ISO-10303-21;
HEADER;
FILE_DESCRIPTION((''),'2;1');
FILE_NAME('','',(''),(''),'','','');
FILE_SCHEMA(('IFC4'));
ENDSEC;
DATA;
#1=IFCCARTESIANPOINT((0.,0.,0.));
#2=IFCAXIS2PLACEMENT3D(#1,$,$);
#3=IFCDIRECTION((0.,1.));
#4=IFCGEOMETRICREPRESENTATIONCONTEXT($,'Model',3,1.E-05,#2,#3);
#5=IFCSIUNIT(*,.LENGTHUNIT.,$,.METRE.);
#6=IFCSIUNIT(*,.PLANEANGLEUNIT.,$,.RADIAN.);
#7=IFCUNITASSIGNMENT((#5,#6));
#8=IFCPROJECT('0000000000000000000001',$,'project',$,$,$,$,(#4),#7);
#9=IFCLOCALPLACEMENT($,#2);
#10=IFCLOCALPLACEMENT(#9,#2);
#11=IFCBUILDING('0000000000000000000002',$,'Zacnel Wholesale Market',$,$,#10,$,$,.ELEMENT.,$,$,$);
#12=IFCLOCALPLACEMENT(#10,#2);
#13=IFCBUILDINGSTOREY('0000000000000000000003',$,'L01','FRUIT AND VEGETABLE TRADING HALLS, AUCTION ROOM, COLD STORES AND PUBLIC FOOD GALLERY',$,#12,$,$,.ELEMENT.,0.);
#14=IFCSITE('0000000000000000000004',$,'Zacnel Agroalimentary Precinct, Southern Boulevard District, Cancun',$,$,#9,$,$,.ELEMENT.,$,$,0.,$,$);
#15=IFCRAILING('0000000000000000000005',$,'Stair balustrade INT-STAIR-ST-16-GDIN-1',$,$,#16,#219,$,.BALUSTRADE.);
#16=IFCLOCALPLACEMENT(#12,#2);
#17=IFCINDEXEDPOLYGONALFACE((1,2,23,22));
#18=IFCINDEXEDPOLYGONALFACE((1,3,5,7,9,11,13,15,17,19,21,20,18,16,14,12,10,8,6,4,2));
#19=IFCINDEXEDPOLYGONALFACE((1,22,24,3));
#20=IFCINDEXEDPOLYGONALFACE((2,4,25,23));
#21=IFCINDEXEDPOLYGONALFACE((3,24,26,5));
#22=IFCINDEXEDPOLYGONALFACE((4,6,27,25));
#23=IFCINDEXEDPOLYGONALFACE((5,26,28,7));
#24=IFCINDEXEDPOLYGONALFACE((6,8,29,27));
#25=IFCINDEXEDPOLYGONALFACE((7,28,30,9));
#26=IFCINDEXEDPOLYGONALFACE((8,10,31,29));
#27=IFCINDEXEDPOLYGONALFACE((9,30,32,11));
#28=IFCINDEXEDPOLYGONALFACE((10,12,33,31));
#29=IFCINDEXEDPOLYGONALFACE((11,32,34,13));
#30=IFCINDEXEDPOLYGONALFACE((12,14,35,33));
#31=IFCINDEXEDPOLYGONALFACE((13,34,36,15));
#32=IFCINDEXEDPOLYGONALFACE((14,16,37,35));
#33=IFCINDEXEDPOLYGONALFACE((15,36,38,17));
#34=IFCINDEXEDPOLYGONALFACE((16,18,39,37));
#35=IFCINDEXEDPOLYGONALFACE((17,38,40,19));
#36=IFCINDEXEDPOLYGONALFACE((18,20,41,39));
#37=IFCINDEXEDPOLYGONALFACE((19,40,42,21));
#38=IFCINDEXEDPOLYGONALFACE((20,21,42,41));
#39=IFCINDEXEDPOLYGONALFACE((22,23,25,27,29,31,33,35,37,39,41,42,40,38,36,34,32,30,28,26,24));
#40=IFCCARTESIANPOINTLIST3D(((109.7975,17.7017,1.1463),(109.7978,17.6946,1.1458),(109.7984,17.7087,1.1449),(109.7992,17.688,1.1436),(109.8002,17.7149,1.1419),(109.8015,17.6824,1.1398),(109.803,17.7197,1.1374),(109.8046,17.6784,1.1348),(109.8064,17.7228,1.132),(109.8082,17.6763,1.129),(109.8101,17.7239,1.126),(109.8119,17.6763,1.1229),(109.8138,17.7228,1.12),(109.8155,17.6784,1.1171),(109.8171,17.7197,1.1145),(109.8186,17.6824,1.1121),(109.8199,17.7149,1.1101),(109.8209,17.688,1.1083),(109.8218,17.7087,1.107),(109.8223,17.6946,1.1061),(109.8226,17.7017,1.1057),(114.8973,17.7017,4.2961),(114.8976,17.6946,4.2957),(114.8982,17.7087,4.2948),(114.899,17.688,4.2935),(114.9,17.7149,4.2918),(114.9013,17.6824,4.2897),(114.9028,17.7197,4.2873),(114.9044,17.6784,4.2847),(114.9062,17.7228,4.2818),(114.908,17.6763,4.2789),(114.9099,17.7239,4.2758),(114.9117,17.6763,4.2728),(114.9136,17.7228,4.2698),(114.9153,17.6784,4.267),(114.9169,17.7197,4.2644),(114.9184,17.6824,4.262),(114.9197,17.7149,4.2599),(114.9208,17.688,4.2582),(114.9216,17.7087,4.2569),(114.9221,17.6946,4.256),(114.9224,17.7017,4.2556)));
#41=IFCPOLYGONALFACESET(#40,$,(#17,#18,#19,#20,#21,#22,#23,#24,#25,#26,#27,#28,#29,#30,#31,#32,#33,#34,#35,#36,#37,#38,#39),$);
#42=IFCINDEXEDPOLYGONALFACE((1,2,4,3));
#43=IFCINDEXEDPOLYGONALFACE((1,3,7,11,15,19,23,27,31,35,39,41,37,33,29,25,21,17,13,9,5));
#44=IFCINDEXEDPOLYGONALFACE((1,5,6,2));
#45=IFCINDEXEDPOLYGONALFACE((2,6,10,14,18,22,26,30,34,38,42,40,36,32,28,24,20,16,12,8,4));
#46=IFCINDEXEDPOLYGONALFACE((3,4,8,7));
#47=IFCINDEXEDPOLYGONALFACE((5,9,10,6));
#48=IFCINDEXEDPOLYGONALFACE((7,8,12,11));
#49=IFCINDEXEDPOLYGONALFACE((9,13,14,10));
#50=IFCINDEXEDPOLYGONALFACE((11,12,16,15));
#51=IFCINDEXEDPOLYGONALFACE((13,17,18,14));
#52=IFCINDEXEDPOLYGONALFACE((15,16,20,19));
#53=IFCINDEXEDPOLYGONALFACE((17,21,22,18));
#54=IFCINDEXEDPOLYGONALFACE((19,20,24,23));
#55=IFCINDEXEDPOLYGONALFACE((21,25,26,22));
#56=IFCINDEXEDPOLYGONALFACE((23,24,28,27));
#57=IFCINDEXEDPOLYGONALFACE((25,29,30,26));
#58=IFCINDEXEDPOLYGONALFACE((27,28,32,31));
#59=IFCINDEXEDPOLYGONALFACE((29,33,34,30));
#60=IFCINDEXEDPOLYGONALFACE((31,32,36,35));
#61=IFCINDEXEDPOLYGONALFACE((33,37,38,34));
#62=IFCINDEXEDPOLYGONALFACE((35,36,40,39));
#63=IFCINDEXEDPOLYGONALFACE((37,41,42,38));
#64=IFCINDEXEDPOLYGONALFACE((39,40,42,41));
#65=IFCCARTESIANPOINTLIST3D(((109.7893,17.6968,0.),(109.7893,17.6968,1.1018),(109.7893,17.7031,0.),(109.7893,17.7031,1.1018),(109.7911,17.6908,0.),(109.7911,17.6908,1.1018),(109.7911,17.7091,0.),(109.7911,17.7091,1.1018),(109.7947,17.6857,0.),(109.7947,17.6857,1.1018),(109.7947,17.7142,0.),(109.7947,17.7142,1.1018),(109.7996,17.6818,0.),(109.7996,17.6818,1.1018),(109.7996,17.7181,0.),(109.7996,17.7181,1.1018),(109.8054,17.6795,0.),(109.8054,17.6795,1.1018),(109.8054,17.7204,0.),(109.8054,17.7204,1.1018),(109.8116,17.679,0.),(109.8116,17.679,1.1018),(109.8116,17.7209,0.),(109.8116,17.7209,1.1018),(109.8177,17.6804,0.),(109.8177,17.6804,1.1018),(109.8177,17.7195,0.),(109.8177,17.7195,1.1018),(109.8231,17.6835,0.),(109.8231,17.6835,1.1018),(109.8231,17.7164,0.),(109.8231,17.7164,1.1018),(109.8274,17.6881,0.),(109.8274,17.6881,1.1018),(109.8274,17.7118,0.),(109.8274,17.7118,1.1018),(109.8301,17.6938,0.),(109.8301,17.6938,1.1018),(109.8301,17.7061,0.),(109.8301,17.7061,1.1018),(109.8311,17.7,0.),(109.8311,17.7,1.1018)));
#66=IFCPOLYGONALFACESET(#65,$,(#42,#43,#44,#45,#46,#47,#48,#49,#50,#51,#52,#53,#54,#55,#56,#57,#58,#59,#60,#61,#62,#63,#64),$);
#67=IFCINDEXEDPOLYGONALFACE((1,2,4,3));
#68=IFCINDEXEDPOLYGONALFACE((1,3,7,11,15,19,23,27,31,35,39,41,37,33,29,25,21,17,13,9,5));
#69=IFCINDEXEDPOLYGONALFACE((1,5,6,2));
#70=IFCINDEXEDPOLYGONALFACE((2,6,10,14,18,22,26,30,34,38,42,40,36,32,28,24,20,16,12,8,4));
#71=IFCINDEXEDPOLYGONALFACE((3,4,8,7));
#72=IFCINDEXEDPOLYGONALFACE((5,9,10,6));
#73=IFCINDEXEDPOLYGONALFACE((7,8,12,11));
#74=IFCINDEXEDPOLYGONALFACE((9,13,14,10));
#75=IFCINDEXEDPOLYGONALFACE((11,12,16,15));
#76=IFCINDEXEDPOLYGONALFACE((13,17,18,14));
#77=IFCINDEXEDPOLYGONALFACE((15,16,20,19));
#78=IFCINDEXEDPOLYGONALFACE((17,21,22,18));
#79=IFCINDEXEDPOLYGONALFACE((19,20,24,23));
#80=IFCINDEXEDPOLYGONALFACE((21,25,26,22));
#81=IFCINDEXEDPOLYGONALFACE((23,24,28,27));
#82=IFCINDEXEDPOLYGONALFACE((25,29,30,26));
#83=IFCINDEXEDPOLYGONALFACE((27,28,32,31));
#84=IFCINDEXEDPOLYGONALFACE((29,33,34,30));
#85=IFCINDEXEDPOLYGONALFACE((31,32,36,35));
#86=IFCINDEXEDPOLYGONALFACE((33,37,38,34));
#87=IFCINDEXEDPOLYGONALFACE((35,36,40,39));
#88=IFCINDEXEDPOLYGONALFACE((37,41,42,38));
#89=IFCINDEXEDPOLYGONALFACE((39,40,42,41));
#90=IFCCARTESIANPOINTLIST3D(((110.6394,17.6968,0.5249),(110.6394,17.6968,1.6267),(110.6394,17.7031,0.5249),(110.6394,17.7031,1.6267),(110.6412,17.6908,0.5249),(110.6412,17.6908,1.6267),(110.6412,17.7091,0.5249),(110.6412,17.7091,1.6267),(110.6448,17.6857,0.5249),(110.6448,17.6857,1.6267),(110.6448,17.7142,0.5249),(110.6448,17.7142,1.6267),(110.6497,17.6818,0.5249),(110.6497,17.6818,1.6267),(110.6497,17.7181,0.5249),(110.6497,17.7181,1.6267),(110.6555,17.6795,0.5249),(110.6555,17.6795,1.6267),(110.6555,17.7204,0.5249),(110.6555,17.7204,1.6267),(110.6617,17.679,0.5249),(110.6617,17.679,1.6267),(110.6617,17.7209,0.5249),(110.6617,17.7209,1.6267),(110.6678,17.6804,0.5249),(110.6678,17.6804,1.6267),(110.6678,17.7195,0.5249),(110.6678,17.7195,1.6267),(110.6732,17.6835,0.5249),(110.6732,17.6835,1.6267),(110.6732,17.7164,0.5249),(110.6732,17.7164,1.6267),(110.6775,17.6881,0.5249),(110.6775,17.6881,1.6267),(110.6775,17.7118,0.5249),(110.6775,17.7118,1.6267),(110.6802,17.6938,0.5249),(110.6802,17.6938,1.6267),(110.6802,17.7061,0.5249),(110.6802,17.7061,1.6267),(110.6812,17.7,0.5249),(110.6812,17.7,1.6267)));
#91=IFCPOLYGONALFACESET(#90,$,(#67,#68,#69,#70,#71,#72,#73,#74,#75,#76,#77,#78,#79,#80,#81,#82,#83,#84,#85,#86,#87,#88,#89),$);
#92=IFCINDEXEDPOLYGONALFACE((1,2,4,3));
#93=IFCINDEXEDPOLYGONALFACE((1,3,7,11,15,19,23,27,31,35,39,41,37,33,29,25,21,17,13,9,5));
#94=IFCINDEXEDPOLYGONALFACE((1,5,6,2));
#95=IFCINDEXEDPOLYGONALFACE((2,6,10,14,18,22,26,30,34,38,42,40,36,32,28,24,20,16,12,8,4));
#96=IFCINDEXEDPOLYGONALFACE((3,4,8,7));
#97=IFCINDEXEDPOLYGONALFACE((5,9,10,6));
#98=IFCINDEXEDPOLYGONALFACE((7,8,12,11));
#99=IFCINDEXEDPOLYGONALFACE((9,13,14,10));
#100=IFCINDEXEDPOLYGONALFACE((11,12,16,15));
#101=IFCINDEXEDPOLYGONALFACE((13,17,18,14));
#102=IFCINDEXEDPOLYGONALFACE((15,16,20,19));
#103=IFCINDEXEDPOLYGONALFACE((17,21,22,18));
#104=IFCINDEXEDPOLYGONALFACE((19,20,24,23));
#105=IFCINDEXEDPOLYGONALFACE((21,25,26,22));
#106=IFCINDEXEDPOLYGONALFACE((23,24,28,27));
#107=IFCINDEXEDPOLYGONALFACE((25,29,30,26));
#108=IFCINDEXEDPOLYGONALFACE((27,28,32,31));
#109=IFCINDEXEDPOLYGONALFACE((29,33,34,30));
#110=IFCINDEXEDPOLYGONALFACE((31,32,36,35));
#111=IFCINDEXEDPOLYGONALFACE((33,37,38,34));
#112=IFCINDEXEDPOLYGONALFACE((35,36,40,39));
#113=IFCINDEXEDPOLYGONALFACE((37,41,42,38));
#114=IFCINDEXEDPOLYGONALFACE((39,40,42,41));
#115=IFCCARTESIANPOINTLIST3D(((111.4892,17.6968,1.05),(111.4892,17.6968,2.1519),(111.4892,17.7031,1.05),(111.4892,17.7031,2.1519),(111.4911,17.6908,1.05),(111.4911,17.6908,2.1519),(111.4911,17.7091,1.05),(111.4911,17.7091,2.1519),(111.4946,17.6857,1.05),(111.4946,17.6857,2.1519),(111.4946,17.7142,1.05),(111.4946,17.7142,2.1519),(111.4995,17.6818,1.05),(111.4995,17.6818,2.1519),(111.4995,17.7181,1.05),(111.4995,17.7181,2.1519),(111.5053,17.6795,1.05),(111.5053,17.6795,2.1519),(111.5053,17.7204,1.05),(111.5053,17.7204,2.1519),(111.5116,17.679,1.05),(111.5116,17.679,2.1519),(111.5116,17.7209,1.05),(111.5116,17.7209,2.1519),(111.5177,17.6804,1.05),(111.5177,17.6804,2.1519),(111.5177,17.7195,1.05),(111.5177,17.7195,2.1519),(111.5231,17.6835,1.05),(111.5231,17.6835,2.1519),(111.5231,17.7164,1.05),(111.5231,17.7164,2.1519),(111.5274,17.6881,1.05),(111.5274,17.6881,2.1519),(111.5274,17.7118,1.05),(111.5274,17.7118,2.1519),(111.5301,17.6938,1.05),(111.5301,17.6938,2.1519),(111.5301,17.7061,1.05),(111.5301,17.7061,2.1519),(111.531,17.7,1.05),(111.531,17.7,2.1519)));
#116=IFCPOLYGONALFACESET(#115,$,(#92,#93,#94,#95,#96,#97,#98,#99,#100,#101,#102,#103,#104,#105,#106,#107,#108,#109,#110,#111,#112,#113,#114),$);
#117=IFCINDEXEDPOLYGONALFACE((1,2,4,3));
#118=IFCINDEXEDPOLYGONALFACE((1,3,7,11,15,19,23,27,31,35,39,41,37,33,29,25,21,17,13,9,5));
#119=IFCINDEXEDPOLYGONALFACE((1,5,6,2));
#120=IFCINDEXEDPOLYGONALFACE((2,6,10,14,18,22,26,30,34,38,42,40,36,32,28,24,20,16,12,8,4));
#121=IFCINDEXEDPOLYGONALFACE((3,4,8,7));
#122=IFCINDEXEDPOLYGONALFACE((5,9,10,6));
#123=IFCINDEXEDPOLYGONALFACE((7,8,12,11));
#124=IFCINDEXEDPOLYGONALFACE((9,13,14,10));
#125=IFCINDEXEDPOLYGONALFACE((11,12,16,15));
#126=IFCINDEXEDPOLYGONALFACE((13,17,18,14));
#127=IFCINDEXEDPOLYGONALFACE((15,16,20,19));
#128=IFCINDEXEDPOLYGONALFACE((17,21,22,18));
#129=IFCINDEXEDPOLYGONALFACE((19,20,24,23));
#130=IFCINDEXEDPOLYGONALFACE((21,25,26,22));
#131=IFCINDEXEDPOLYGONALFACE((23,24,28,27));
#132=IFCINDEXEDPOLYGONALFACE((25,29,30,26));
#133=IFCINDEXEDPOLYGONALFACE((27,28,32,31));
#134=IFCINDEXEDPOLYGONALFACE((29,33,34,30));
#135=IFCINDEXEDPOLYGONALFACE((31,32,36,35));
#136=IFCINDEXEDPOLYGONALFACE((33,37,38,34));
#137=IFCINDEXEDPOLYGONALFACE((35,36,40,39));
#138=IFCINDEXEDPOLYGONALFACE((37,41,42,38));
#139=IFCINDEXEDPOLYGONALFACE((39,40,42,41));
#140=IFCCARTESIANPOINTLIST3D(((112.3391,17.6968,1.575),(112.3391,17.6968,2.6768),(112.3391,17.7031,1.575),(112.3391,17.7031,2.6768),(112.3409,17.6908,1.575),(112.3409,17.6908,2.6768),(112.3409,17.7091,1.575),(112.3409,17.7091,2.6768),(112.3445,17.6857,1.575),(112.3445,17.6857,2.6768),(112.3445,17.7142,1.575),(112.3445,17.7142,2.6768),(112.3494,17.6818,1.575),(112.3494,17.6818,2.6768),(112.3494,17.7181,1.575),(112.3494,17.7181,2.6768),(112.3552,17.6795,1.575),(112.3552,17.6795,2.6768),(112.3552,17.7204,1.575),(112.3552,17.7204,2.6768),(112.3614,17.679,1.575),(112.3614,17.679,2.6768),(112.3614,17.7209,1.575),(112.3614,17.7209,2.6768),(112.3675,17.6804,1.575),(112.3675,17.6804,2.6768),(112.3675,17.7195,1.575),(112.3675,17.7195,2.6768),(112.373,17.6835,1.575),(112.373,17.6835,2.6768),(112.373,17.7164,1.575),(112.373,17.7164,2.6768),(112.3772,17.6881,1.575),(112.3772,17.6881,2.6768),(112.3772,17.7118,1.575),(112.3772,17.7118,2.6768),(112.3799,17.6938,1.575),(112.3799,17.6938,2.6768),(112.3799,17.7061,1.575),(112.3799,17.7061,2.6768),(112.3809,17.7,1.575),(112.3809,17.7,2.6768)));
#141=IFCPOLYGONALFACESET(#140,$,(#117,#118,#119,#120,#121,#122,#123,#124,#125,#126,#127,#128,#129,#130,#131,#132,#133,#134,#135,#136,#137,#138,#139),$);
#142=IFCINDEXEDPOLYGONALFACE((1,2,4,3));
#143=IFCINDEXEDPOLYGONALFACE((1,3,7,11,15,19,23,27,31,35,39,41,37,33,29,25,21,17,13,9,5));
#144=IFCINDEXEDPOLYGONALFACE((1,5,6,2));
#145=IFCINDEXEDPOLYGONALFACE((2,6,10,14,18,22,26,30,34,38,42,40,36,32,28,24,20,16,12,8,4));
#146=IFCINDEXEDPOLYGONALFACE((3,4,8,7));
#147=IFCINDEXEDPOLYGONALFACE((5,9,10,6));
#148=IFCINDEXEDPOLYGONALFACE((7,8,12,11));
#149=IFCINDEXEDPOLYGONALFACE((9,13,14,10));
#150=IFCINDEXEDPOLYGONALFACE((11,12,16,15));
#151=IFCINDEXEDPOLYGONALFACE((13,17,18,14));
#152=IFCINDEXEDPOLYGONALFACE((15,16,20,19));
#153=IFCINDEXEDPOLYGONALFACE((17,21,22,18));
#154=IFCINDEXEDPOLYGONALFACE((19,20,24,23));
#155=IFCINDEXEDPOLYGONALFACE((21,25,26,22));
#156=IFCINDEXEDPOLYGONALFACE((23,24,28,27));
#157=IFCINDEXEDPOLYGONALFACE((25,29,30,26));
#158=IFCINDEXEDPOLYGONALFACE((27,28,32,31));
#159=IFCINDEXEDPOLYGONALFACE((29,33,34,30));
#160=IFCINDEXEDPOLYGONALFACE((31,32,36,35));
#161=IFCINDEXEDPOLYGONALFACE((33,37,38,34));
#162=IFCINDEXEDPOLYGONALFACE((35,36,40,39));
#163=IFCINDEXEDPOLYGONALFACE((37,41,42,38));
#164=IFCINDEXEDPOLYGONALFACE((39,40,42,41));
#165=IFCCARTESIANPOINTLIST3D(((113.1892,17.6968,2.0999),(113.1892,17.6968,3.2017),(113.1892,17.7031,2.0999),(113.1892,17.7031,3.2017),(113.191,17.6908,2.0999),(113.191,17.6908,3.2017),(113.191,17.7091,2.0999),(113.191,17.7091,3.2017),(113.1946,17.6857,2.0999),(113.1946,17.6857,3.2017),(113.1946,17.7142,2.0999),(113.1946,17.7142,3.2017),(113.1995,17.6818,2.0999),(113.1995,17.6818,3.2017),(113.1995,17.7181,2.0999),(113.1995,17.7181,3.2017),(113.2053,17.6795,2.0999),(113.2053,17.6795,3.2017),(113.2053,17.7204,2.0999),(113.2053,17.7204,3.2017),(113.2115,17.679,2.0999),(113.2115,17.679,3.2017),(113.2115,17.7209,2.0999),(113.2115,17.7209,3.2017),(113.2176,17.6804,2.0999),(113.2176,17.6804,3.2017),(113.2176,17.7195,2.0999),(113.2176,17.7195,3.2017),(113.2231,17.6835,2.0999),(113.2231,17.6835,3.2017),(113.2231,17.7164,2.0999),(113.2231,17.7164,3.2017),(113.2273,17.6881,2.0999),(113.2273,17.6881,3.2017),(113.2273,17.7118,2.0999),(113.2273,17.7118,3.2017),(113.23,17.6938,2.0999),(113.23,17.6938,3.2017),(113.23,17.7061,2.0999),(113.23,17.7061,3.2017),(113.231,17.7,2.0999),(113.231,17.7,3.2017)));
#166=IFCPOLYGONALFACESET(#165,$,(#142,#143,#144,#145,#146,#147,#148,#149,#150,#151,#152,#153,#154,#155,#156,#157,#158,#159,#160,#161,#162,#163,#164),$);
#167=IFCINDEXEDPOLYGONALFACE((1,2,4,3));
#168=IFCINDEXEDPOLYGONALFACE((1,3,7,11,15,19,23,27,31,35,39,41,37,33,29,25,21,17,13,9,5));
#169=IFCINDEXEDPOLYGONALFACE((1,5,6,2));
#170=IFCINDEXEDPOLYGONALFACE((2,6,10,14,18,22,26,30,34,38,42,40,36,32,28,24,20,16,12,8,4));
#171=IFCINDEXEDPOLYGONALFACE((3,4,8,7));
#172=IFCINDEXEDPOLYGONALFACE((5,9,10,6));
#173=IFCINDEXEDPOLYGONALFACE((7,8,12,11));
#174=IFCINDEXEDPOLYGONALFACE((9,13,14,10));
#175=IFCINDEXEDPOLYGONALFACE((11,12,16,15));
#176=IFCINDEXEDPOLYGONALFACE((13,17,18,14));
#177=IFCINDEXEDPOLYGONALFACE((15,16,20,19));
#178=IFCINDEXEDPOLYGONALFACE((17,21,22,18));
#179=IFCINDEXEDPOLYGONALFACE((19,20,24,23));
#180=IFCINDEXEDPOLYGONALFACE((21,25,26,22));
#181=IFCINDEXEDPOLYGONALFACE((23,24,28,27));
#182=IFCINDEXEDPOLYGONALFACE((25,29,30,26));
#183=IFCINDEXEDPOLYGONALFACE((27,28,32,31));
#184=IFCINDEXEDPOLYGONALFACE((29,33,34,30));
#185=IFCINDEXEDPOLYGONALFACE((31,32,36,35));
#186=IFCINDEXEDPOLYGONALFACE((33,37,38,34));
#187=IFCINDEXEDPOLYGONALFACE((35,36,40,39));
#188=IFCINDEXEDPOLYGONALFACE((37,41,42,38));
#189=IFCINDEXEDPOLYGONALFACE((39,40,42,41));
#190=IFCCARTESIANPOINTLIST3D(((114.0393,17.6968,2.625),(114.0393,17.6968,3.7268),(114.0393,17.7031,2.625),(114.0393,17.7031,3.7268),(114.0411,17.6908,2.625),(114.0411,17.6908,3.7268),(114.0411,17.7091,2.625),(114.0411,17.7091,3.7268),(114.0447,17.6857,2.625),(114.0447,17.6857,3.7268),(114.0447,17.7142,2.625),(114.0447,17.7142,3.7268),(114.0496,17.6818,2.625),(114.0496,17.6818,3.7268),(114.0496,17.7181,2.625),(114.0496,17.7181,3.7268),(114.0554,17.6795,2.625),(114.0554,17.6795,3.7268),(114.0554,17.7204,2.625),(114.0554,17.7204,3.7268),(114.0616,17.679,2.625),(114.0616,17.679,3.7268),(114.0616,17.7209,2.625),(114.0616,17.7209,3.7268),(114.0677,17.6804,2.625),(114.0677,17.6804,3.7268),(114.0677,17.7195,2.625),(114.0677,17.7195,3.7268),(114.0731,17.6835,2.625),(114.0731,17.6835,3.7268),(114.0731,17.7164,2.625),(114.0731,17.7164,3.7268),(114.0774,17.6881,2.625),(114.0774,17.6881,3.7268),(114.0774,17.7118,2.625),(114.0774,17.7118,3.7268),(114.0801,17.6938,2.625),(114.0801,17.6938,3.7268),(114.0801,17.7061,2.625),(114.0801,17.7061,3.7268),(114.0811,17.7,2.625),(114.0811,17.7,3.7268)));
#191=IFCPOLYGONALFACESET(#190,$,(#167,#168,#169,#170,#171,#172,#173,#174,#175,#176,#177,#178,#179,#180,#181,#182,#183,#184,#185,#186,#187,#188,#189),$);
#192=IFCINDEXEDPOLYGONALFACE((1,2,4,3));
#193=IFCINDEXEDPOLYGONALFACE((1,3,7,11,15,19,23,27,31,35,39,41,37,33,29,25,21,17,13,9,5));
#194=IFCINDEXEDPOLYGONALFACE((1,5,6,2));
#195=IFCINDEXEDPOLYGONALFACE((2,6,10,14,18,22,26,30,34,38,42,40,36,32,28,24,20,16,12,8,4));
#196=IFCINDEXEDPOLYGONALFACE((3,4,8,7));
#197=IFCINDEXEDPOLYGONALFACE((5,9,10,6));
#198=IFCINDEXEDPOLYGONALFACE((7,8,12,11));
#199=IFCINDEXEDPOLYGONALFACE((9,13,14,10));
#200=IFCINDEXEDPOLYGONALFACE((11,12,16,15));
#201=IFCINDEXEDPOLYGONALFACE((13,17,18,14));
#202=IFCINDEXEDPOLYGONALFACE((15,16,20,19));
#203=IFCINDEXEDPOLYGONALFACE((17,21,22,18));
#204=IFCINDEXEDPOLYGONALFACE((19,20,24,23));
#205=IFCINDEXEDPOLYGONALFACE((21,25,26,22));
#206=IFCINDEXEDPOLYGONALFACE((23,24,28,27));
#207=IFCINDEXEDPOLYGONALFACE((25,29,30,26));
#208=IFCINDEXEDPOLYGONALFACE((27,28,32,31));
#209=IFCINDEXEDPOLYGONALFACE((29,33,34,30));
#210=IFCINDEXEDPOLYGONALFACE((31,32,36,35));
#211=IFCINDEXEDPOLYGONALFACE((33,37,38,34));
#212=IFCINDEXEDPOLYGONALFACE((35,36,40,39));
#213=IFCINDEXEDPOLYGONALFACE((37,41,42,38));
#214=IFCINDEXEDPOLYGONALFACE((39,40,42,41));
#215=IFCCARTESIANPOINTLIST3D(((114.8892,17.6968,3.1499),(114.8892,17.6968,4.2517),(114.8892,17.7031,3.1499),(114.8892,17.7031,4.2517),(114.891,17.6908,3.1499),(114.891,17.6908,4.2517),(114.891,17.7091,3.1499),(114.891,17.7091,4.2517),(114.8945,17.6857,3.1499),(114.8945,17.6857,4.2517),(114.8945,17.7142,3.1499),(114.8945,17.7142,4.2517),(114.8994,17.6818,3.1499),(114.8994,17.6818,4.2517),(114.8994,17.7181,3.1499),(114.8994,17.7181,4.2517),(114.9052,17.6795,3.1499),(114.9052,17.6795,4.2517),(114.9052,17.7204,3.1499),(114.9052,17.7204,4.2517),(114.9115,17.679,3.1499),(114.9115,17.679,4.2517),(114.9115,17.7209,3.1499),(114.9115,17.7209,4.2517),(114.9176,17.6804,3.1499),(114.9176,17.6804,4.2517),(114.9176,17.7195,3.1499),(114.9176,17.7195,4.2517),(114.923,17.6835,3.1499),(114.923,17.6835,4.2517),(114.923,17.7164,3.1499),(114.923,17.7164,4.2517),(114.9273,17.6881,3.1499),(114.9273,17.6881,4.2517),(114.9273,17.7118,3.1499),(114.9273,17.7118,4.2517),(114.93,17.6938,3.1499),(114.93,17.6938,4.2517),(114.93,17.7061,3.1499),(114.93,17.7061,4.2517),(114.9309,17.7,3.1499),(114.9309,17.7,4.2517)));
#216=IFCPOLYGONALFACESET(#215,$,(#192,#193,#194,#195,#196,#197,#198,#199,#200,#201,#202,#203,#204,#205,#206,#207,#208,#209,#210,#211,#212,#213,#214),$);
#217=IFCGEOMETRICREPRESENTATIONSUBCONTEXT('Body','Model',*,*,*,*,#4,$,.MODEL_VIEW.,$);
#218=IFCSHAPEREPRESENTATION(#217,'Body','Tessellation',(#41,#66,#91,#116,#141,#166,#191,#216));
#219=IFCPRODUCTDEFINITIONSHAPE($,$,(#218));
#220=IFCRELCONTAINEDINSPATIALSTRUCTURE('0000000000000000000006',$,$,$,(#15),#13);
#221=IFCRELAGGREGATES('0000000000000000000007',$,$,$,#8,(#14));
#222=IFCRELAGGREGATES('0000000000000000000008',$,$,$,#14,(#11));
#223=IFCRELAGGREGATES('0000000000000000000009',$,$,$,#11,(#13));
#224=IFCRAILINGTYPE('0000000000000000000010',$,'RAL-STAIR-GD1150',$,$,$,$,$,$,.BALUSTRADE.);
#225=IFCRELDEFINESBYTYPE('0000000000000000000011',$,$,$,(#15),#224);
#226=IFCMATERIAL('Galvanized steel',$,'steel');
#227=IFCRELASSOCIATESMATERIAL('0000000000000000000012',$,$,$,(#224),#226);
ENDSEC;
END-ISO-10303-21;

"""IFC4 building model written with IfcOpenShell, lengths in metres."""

from ifc_helpers import new_model, si_unit, direction, frame, origin, origin_2d, place, context, subcontext, project, spatial, circle, extrude, material, type_object, element, save


model = new_model("IFC4")

# Units and contexts
model_context = context("Model", 3, precision=1e-05, world=origin(), true_north=direction((0.0, 1.0)))
body_context = subcontext(model_context, "Body", "Model", "MODEL_VIEW")
ifc_project = project(units=[si_unit("LENGTHUNIT", "METRE"), si_unit("PLANEANGLEUNIT", "RADIAN")], contexts=[model_context])

# Site, building, storey
site_placement = place(None, origin())
site = spatial("IfcSite", under=ifc_project, at=site_placement, Name="Zacnel Agroalimentary Precinct, Southern Boulevard District, Cancun", CompositionType="ELEMENT", RefElevation=0.0)
building_placement = place(site_placement, origin())
building = spatial("IfcBuilding", under=site, at=building_placement, Name="Zacnel Wholesale Market", CompositionType="ELEMENT")
storey_placement = place(building_placement, origin())
storey = spatial("IfcBuildingStorey", under=building, at=storey_placement, Name="L01", Description="FRUIT AND VEGETABLE TRADING HALLS, AUCTION ROOM, COLD STORES AND PUBLIC FOOD GALLERY", CompositionType="ELEMENT", Elevation=0.0)

# Railing
ifc_material_1 = material(Name="Galvanized steel", Category="steel")
railing_type_1 = type_object("IfcRailingType", Name="RAL-STAIR-GD1150", PredefinedType="BALUSTRADE", material=ifc_material_1)
railing_1_placement = place(storey_placement, frame((109.8101, 17.7, 0.0)))
element("IfcRailing", 1, at=railing_1_placement, inside=storey, type_object=railing_type_1, Name="Stair balustrade INT-STAIR-ST-16-GDIN-1", PredefinedType="BALUSTRADE", context=body_context, shape_type="SweptSolid", body=[
    extrude(circle(Radius=0.0239, at=origin_2d()), frame((0.0, 0.0, 1.126), z_axis=(0.850799, 0.0, 0.525492), x_axis=(0.0, 1.0, 0.0)), (0.0, 0.0, 1.0), 5.9941),
    extrude(circle(Radius=0.021, at=origin_2d()), origin(), (0.0, 0.0, 1.0), 1.1018),
    extrude(circle(Radius=0.021, at=origin_2d()), frame((0.8501, 0.0, 0.5249)), (0.0, 0.0, 1.0), 1.1018),
    extrude(circle(Radius=0.021, at=origin_2d()), frame((1.7, 0.0, 1.05)), (0.0, 0.0, 1.0), 1.1018),
    extrude(circle(Radius=0.021, at=origin_2d()), frame((2.5498, 0.0, 1.575)), (0.0, 0.0, 1.0), 1.1018),
    extrude(circle(Radius=0.021, at=origin_2d()), frame((3.3999, 0.0, 2.0999)), (0.0, 0.0, 1.0), 1.1018),
    extrude(circle(Radius=0.021, at=origin_2d()), frame((4.25, 0.0, 2.625)), (0.0, 0.0, 1.0), 1.1018),
    extrude(circle(Radius=0.021, at=origin_2d()), frame((5.0999, 0.0, 3.1499)), (0.0, 0.0, 1.0), 1.1018),
])

save(model, "model.ifc")
